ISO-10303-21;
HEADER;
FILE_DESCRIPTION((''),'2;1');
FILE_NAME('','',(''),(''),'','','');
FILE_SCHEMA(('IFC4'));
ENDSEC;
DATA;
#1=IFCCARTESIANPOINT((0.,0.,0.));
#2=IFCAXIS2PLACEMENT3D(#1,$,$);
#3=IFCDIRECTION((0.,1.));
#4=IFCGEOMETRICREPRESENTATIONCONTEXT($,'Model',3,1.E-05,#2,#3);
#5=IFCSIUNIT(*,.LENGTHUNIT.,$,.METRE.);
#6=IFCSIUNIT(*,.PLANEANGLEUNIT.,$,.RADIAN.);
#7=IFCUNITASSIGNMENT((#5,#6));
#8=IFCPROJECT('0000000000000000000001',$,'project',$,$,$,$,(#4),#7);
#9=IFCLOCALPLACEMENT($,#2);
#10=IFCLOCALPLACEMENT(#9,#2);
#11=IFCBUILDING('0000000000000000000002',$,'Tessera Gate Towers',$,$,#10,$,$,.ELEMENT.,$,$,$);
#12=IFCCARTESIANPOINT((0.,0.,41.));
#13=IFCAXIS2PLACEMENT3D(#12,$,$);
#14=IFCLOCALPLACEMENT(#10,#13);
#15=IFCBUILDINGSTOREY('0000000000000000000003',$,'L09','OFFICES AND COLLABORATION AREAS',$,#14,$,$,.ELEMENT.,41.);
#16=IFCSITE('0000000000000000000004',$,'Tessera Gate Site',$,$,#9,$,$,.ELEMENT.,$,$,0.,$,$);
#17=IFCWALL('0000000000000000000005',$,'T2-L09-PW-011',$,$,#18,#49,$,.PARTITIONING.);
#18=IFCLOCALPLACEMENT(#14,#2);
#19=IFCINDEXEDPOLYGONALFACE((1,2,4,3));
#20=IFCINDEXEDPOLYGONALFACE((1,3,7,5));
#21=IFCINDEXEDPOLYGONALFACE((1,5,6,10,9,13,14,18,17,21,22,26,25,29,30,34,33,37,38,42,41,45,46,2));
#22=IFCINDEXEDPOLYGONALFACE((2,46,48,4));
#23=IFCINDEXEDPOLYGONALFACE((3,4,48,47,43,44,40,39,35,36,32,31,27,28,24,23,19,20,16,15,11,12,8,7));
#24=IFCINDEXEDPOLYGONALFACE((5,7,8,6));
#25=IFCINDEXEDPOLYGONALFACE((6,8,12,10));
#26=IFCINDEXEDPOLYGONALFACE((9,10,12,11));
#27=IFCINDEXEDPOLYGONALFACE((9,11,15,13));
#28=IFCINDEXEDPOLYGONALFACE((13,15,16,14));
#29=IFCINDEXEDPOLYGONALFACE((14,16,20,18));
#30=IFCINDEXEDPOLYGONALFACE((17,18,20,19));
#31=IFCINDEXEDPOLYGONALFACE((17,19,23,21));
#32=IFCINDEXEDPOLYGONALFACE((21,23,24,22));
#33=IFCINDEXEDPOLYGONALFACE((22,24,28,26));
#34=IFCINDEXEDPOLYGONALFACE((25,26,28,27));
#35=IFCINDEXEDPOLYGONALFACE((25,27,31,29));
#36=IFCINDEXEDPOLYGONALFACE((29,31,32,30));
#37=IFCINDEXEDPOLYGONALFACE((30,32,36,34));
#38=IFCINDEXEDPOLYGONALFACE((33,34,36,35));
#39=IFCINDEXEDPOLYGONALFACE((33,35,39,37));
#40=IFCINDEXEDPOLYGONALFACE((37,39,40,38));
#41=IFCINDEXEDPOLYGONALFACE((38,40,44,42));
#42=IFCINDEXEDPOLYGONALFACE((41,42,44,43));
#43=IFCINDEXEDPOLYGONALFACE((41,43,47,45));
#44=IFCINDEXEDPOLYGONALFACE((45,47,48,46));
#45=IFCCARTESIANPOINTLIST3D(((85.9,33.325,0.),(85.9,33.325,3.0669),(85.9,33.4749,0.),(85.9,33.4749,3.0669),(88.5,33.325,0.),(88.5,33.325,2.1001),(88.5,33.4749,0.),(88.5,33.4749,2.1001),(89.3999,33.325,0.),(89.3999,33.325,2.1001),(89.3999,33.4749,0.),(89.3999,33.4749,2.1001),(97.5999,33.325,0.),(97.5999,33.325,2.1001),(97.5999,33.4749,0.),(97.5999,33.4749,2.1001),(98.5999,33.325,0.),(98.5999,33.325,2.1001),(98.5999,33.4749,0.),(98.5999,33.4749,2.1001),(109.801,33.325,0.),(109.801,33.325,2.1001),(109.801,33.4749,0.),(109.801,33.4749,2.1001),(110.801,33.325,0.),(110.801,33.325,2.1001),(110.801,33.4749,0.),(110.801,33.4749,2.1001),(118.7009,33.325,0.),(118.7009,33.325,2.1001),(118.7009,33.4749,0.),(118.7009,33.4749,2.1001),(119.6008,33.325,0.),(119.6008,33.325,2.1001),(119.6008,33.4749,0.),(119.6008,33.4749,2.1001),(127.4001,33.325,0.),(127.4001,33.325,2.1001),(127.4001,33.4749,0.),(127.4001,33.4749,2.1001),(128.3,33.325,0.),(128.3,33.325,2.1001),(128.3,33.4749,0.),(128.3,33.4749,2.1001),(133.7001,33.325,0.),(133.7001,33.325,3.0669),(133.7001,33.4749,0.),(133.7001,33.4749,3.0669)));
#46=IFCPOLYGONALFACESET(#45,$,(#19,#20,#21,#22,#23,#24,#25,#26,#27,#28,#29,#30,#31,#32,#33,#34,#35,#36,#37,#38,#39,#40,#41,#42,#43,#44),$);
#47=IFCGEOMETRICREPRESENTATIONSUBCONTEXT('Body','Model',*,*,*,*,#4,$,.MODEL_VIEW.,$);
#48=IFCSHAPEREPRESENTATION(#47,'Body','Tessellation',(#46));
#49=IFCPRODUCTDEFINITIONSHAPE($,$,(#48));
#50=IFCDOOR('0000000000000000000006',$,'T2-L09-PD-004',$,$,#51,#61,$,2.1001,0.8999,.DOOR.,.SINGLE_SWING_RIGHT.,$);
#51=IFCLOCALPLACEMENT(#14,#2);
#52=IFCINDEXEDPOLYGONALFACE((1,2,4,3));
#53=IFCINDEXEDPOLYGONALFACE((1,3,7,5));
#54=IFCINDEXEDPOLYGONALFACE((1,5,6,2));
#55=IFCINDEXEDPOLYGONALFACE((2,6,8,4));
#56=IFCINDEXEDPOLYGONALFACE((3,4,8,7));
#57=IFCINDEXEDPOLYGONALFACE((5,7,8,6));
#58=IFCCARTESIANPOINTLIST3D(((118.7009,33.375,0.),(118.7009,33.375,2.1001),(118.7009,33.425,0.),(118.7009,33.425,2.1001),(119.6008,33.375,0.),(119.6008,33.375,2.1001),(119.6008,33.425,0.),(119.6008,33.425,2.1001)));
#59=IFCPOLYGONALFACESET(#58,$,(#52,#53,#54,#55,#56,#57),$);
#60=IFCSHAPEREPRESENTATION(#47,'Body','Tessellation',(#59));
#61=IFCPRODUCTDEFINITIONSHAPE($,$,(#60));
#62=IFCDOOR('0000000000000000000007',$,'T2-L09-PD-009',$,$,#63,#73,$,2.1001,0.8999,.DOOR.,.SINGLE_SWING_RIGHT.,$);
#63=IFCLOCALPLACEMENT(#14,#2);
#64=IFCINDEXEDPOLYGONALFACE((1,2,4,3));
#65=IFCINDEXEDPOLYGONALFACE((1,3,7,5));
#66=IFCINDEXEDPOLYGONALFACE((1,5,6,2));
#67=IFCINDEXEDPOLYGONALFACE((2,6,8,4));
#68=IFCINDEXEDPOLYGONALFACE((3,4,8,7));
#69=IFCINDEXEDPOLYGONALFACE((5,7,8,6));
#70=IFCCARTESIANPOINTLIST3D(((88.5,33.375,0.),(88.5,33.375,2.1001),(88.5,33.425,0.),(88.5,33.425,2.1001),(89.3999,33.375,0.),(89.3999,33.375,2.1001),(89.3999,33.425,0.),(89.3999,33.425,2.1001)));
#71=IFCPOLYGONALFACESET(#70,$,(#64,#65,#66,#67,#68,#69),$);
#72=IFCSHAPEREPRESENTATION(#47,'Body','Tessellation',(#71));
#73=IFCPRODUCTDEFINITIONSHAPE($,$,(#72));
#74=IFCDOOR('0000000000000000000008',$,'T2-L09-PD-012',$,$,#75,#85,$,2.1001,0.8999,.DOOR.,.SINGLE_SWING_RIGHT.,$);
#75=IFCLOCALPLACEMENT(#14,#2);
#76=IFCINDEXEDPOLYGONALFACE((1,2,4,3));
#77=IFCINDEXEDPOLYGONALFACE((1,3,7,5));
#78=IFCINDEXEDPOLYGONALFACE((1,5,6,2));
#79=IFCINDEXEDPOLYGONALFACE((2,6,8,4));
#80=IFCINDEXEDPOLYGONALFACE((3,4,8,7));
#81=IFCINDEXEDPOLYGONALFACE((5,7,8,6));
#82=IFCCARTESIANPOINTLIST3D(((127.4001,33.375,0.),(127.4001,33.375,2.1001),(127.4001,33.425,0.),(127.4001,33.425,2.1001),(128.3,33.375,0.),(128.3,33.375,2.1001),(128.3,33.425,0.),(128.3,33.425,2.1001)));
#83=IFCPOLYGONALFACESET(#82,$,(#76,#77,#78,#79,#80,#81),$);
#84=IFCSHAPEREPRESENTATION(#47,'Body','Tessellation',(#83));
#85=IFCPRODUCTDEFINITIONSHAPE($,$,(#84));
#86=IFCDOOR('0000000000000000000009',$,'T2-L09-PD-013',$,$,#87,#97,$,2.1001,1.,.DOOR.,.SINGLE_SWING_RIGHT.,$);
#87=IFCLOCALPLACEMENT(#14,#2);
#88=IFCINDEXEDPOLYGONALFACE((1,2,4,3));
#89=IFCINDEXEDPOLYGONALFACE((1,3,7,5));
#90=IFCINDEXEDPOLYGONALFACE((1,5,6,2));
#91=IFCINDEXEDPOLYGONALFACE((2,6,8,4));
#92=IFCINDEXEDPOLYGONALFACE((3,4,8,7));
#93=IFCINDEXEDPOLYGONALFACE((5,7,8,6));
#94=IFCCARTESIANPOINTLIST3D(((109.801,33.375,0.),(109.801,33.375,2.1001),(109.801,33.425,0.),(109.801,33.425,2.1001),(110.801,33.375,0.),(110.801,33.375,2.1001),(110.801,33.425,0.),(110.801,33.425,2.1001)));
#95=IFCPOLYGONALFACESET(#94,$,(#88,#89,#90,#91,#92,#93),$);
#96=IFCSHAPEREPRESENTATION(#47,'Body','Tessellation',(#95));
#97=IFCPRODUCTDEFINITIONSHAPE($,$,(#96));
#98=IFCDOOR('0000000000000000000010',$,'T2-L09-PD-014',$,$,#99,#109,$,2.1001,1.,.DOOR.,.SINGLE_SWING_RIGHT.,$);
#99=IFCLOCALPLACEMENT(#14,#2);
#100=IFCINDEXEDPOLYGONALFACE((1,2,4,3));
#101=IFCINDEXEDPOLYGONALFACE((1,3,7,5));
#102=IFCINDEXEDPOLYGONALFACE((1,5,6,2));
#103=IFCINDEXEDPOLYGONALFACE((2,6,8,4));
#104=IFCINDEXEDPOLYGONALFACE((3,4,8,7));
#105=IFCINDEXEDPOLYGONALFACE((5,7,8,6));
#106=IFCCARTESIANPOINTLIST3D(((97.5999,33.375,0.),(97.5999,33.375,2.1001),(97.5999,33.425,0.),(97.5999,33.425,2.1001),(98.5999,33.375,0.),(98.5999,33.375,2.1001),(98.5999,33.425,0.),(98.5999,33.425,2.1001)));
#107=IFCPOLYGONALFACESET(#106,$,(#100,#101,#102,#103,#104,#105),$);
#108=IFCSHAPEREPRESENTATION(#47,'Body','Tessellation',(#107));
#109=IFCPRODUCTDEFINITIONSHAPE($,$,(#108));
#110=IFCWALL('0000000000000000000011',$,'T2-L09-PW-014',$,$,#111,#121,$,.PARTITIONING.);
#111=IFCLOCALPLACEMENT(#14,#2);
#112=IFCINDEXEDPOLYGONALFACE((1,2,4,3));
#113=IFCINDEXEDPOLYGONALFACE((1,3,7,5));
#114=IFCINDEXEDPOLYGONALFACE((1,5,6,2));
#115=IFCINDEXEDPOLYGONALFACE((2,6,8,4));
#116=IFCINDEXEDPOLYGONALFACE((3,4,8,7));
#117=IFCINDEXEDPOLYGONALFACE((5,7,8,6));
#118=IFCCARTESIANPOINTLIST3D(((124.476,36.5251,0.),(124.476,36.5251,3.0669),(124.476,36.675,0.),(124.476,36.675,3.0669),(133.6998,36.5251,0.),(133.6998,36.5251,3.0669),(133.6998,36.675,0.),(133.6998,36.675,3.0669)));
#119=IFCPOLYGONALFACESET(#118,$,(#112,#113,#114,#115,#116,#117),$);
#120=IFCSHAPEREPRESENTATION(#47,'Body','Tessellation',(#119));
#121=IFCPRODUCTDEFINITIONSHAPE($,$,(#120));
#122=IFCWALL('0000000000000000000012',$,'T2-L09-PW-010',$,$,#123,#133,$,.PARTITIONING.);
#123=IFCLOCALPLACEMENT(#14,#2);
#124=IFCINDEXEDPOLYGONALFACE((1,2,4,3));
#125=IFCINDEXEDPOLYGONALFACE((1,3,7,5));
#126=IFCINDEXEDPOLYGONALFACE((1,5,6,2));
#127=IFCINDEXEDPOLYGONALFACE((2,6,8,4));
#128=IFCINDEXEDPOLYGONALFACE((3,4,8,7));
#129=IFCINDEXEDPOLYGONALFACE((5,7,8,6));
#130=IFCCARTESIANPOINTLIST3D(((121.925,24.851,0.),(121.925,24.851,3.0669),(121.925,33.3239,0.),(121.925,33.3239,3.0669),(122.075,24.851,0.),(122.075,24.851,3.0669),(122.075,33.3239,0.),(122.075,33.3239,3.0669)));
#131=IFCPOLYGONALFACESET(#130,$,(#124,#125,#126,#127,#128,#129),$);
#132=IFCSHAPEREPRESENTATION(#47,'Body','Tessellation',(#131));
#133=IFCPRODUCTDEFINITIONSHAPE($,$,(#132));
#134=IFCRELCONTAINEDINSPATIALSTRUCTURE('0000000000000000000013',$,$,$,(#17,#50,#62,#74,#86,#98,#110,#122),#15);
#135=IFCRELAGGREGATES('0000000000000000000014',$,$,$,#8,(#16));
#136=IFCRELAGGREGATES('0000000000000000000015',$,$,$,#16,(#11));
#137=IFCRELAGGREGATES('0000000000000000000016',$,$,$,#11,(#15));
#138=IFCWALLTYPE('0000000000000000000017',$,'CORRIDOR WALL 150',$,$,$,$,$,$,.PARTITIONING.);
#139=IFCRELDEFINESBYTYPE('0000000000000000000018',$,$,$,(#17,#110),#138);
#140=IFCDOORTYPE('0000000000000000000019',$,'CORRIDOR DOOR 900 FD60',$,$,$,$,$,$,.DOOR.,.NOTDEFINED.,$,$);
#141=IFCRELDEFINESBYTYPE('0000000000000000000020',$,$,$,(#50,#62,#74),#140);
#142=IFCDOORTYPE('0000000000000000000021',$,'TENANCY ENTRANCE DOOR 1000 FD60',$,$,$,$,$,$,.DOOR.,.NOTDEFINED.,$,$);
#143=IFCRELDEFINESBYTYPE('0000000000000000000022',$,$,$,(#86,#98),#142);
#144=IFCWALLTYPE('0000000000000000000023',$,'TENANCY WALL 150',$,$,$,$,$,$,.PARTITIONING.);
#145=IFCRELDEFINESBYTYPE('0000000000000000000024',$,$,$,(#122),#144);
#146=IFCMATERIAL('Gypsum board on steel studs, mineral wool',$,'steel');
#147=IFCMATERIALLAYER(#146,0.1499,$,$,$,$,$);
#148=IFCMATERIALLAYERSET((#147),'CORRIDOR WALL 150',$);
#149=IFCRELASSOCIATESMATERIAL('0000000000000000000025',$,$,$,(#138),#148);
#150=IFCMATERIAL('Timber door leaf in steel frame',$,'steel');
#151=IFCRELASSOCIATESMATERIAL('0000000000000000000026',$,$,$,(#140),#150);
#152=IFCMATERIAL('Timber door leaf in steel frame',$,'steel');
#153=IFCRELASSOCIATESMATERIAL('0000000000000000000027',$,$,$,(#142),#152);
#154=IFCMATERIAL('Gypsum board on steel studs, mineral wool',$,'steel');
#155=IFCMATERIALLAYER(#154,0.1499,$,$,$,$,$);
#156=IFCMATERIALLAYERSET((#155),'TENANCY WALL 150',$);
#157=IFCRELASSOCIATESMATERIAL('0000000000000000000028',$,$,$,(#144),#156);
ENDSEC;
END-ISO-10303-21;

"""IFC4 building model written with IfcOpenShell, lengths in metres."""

from ifc_helpers import new_model, si_unit, direction, frame, frame_2d, origin, place, context, subcontext, project, spatial, rectangle, extrude, source, transform, mapped, material, layer, layer_set, type_object, element, fill, save


model = new_model("IFC4")

# Units and contexts
model_context = context("Model", 3, precision=1e-05, world=origin(), true_north=direction((0.0, 1.0)))
body_context = subcontext(model_context, "Body", "Model", "MODEL_VIEW")
ifc_project = project(units=[si_unit("LENGTHUNIT", "METRE"), si_unit("PLANEANGLEUNIT", "RADIAN")], contexts=[model_context])

# Site, building, storey
site_placement = place(None, origin())
site = spatial("IfcSite", under=ifc_project, at=site_placement, Name="Tessera Gate Site", CompositionType="ELEMENT", RefElevation=0.0)
building_placement = place(site_placement, origin())
building = spatial("IfcBuilding", under=site, at=building_placement, Name="Tessera Gate Towers", CompositionType="ELEMENT")
storey_placement = place(building_placement, frame((0.0, 0.0, 41.0)))
storey = spatial("IfcBuildingStorey", under=building, at=storey_placement, Name="L09", Description="OFFICES AND COLLABORATION AREAS", CompositionType="ELEMENT", Elevation=41.0)

# Wall, openings, doors
ifc_material_1 = material(Name="Gypsum board on steel studs, mineral wool", Category="steel")
ifc_layer_1 = layer(ifc_material_1, 0.1499)
ifc_layer_set_1 = layer_set([ifc_layer_1], Name="CORRIDOR WALL 150")
wall_type_1 = type_object("IfcWallType", Name="CORRIDOR WALL 150", PredefinedType="PARTITIONING", material=ifc_layer_set_1)
wall_1_placement = place(storey_placement, frame((133.7, 33.3999, 0.0), z_axis=(0.0, 0.0, 1.0), x_axis=(-1.0, 0.0, 0.0)))
wall_1 = element("IfcWall", 1, at=wall_1_placement, inside=storey, type_object=wall_type_1, Name="T2-L09-PW-011", PredefinedType="PARTITIONING", context=body_context, shape_type="SweptSolid", body=[
    extrude(rectangle(XDim=47.8, YDim=0.1499, at=frame_2d((23.8999, 0.0))), origin(), (0.0, 0.0, 1.0), 3.0669),
])
shared_shape_1 = source(origin(), body_context, "Body", "SweptSolid", [
    extrude(rectangle(XDim=0.8999, YDim=2.1001, at=frame_2d((0.45, 1.05))), frame((0.0, 0.085, 0.0), z_axis=(0.0, -1.0, 0.0), x_axis=(1.0, 0.0, 0.0)), (0.0, 0.0, 1.0), 0.1699),
])
opening_1_placement = place(wall_1_placement, frame((14.0991, 0.0, 0.0)))
opening_1 = element("IfcOpeningElement", 2, at=opening_1_placement, cuts=wall_1, PredefinedType="OPENING", context=body_context, shape_type="MappedRepresentation", body=[
    mapped(shared_shape_1, transform((0.0, 0.0, 0.0), scale=1.0)),
])
opening_2_placement = place(wall_1_placement, frame((44.3, 0.0, 0.0)))
opening_2 = element("IfcOpeningElement", 3, at=opening_2_placement, cuts=wall_1, PredefinedType="OPENING", context=body_context, shape_type="MappedRepresentation", body=[
    mapped(shared_shape_1, transform((0.0, 0.0, 0.0), scale=1.0)),
])
opening_3_placement = place(wall_1_placement, frame((5.3999, 0.0, 0.0)))
opening_3 = element("IfcOpeningElement", 4, at=opening_3_placement, cuts=wall_1, PredefinedType="OPENING", context=body_context, shape_type="MappedRepresentation", body=[
    mapped(shared_shape_1, transform((0.0, 0.0, 0.0), scale=1.0)),
])
shared_shape_2 = source(origin(), body_context, "Body", "SweptSolid", [
    extrude(rectangle(XDim=1.0, YDim=2.1001, at=frame_2d((0.5, 1.05))), frame((0.0, 0.085, 0.0), z_axis=(0.0, -1.0, 0.0), x_axis=(1.0, 0.0, 0.0)), (0.0, 0.0, 1.0), 0.1699),
])
opening_4_placement = place(wall_1_placement, frame((22.8989, 0.0, 0.0)))
opening_4 = element("IfcOpeningElement", 5, at=opening_4_placement, cuts=wall_1, PredefinedType="OPENING", context=body_context, shape_type="MappedRepresentation", body=[
    mapped(shared_shape_2, transform((0.0, 0.0, 0.0), scale=1.0)),
])
opening_5_placement = place(wall_1_placement, frame((35.1001, 0.0, 0.0)))
opening_5 = element("IfcOpeningElement", 6, at=opening_5_placement, cuts=wall_1, PredefinedType="OPENING", context=body_context, shape_type="MappedRepresentation", body=[
    mapped(shared_shape_2, transform((0.0, 0.0, 0.0), scale=1.0)),
])
ifc_material_2 = material(Name="Timber door leaf in steel frame", Category="steel")
door_type_1 = type_object("IfcDoorType", Name="CORRIDOR DOOR 900 FD60", OperationType="NOTDEFINED", PredefinedType="DOOR", material=ifc_material_2)
shared_shape_3 = source(origin(), body_context, "Body", "SweptSolid", [
    extrude(rectangle(XDim=0.8999, YDim=2.1001, at=frame_2d((0.45, 1.05))), frame((0.0, 0.0249, 0.0), z_axis=(0.0, -1.0, 0.0), x_axis=(1.0, 0.0, 0.0)), (0.0, 0.0, 1.0), 0.05),
])
door_1_placement = place(opening_1_placement, origin())
door_1 = element("IfcDoor", 7, at=door_1_placement, inside=storey, type_object=door_type_1, Name="T2-L09-PD-004", OperationType="SINGLE_SWING_RIGHT", OverallHeight=2.1001, OverallWidth=0.8999, PredefinedType="DOOR", context=body_context, shape_type="MappedRepresentation", body=[
    mapped(shared_shape_3, transform((0.0, 0.0, 0.0), scale=1.0)),
])
fill(opening_1, door_1)
door_2_placement = place(opening_2_placement, origin())
door_2 = element("IfcDoor", 8, at=door_2_placement, inside=storey, type_object=door_type_1, Name="T2-L09-PD-009", OperationType="SINGLE_SWING_RIGHT", OverallHeight=2.1001, OverallWidth=0.8999, PredefinedType="DOOR", context=body_context, shape_type="MappedRepresentation", body=[
    mapped(shared_shape_3, transform((0.0, 0.0, 0.0), scale=1.0)),
])
fill(opening_2, door_2)
door_3_placement = place(opening_3_placement, origin())
door_3 = element("IfcDoor", 9, at=door_3_placement, inside=storey, type_object=door_type_1, Name="T2-L09-PD-012", OperationType="SINGLE_SWING_RIGHT", OverallHeight=2.1001, OverallWidth=0.8999, PredefinedType="DOOR", context=body_context, shape_type="MappedRepresentation", body=[
    mapped(shared_shape_3, transform((0.0, 0.0, 0.0), scale=1.0)),
])
fill(opening_3, door_3)
ifc_material_3 = material(Name="Timber door leaf in steel frame", Category="steel")
door_type_2 = type_object("IfcDoorType", Name="TENANCY ENTRANCE DOOR 1000 FD60", OperationType="NOTDEFINED", PredefinedType="DOOR", material=ifc_material_3)
shared_shape_4 = source(origin(), body_context, "Body", "SweptSolid", [
    extrude(rectangle(XDim=1.0, YDim=2.1001, at=frame_2d((0.5, 1.05))), frame((0.0, 0.0249, 0.0), z_axis=(0.0, -1.0, 0.0), x_axis=(1.0, 0.0, 0.0)), (0.0, 0.0, 1.0), 0.05),
])
door_4_placement = place(opening_4_placement, origin())
door_4 = element("IfcDoor", 10, at=door_4_placement, inside=storey, type_object=door_type_2, Name="T2-L09-PD-013", OperationType="SINGLE_SWING_RIGHT", OverallHeight=2.1001, OverallWidth=1.0, PredefinedType="DOOR", context=body_context, shape_type="MappedRepresentation", body=[
    mapped(shared_shape_4, transform((0.0, 0.0, 0.0), scale=1.0)),
])
fill(opening_4, door_4)
door_5_placement = place(opening_5_placement, origin())
door_5 = element("IfcDoor", 11, at=door_5_placement, inside=storey, type_object=door_type_2, Name="T2-L09-PD-014", OperationType="SINGLE_SWING_RIGHT", OverallHeight=2.1001, OverallWidth=1.0, PredefinedType="DOOR", context=body_context, shape_type="MappedRepresentation", body=[
    mapped(shared_shape_4, transform((0.0, 0.0, 0.0), scale=1.0)),
])
fill(opening_5, door_5)

# Walls
wall_2_placement = place(storey_placement, frame((124.4761, 36.6001, 0.0), z_axis=(0.0, 0.0, 1.0), x_axis=(1.0, 0.0, 0.0)))
element("IfcWall", 12, at=wall_2_placement, inside=storey, type_object=wall_type_1, Name="T2-L09-PW-014", PredefinedType="PARTITIONING", context=body_context, shape_type="SweptSolid", body=[
    extrude(rectangle(XDim=9.2239, YDim=0.1499, at=frame_2d((4.6118, 0.0))), origin(), (0.0, 0.0, 1.0), 3.0669),
])
ifc_material_4 = material(Name="Gypsum board on steel studs, mineral wool", Category="steel")
ifc_layer_2 = layer(ifc_material_4, 0.1499)
ifc_layer_set_2 = layer_set([ifc_layer_2], Name="TENANCY WALL 150")
wall_type_2 = type_object("IfcWallType", Name="TENANCY WALL 150", PredefinedType="PARTITIONING", material=ifc_layer_set_2)
wall_3_placement = place(storey_placement, frame((122.0, 24.8511, 0.0), z_axis=(0.0, 0.0, 1.0), x_axis=(0.0, 1.0, 0.0)))
element("IfcWall", 13, at=wall_3_placement, inside=storey, type_object=wall_type_2, Name="T2-L09-PW-010", PredefinedType="PARTITIONING", context=body_context, shape_type="SweptSolid", body=[
    extrude(rectangle(XDim=8.4729, YDim=0.1499, at=frame_2d((4.2363, 0.0))), origin(), (0.0, 0.0, 1.0), 3.0669),
])

save(model, "model.ifc")
